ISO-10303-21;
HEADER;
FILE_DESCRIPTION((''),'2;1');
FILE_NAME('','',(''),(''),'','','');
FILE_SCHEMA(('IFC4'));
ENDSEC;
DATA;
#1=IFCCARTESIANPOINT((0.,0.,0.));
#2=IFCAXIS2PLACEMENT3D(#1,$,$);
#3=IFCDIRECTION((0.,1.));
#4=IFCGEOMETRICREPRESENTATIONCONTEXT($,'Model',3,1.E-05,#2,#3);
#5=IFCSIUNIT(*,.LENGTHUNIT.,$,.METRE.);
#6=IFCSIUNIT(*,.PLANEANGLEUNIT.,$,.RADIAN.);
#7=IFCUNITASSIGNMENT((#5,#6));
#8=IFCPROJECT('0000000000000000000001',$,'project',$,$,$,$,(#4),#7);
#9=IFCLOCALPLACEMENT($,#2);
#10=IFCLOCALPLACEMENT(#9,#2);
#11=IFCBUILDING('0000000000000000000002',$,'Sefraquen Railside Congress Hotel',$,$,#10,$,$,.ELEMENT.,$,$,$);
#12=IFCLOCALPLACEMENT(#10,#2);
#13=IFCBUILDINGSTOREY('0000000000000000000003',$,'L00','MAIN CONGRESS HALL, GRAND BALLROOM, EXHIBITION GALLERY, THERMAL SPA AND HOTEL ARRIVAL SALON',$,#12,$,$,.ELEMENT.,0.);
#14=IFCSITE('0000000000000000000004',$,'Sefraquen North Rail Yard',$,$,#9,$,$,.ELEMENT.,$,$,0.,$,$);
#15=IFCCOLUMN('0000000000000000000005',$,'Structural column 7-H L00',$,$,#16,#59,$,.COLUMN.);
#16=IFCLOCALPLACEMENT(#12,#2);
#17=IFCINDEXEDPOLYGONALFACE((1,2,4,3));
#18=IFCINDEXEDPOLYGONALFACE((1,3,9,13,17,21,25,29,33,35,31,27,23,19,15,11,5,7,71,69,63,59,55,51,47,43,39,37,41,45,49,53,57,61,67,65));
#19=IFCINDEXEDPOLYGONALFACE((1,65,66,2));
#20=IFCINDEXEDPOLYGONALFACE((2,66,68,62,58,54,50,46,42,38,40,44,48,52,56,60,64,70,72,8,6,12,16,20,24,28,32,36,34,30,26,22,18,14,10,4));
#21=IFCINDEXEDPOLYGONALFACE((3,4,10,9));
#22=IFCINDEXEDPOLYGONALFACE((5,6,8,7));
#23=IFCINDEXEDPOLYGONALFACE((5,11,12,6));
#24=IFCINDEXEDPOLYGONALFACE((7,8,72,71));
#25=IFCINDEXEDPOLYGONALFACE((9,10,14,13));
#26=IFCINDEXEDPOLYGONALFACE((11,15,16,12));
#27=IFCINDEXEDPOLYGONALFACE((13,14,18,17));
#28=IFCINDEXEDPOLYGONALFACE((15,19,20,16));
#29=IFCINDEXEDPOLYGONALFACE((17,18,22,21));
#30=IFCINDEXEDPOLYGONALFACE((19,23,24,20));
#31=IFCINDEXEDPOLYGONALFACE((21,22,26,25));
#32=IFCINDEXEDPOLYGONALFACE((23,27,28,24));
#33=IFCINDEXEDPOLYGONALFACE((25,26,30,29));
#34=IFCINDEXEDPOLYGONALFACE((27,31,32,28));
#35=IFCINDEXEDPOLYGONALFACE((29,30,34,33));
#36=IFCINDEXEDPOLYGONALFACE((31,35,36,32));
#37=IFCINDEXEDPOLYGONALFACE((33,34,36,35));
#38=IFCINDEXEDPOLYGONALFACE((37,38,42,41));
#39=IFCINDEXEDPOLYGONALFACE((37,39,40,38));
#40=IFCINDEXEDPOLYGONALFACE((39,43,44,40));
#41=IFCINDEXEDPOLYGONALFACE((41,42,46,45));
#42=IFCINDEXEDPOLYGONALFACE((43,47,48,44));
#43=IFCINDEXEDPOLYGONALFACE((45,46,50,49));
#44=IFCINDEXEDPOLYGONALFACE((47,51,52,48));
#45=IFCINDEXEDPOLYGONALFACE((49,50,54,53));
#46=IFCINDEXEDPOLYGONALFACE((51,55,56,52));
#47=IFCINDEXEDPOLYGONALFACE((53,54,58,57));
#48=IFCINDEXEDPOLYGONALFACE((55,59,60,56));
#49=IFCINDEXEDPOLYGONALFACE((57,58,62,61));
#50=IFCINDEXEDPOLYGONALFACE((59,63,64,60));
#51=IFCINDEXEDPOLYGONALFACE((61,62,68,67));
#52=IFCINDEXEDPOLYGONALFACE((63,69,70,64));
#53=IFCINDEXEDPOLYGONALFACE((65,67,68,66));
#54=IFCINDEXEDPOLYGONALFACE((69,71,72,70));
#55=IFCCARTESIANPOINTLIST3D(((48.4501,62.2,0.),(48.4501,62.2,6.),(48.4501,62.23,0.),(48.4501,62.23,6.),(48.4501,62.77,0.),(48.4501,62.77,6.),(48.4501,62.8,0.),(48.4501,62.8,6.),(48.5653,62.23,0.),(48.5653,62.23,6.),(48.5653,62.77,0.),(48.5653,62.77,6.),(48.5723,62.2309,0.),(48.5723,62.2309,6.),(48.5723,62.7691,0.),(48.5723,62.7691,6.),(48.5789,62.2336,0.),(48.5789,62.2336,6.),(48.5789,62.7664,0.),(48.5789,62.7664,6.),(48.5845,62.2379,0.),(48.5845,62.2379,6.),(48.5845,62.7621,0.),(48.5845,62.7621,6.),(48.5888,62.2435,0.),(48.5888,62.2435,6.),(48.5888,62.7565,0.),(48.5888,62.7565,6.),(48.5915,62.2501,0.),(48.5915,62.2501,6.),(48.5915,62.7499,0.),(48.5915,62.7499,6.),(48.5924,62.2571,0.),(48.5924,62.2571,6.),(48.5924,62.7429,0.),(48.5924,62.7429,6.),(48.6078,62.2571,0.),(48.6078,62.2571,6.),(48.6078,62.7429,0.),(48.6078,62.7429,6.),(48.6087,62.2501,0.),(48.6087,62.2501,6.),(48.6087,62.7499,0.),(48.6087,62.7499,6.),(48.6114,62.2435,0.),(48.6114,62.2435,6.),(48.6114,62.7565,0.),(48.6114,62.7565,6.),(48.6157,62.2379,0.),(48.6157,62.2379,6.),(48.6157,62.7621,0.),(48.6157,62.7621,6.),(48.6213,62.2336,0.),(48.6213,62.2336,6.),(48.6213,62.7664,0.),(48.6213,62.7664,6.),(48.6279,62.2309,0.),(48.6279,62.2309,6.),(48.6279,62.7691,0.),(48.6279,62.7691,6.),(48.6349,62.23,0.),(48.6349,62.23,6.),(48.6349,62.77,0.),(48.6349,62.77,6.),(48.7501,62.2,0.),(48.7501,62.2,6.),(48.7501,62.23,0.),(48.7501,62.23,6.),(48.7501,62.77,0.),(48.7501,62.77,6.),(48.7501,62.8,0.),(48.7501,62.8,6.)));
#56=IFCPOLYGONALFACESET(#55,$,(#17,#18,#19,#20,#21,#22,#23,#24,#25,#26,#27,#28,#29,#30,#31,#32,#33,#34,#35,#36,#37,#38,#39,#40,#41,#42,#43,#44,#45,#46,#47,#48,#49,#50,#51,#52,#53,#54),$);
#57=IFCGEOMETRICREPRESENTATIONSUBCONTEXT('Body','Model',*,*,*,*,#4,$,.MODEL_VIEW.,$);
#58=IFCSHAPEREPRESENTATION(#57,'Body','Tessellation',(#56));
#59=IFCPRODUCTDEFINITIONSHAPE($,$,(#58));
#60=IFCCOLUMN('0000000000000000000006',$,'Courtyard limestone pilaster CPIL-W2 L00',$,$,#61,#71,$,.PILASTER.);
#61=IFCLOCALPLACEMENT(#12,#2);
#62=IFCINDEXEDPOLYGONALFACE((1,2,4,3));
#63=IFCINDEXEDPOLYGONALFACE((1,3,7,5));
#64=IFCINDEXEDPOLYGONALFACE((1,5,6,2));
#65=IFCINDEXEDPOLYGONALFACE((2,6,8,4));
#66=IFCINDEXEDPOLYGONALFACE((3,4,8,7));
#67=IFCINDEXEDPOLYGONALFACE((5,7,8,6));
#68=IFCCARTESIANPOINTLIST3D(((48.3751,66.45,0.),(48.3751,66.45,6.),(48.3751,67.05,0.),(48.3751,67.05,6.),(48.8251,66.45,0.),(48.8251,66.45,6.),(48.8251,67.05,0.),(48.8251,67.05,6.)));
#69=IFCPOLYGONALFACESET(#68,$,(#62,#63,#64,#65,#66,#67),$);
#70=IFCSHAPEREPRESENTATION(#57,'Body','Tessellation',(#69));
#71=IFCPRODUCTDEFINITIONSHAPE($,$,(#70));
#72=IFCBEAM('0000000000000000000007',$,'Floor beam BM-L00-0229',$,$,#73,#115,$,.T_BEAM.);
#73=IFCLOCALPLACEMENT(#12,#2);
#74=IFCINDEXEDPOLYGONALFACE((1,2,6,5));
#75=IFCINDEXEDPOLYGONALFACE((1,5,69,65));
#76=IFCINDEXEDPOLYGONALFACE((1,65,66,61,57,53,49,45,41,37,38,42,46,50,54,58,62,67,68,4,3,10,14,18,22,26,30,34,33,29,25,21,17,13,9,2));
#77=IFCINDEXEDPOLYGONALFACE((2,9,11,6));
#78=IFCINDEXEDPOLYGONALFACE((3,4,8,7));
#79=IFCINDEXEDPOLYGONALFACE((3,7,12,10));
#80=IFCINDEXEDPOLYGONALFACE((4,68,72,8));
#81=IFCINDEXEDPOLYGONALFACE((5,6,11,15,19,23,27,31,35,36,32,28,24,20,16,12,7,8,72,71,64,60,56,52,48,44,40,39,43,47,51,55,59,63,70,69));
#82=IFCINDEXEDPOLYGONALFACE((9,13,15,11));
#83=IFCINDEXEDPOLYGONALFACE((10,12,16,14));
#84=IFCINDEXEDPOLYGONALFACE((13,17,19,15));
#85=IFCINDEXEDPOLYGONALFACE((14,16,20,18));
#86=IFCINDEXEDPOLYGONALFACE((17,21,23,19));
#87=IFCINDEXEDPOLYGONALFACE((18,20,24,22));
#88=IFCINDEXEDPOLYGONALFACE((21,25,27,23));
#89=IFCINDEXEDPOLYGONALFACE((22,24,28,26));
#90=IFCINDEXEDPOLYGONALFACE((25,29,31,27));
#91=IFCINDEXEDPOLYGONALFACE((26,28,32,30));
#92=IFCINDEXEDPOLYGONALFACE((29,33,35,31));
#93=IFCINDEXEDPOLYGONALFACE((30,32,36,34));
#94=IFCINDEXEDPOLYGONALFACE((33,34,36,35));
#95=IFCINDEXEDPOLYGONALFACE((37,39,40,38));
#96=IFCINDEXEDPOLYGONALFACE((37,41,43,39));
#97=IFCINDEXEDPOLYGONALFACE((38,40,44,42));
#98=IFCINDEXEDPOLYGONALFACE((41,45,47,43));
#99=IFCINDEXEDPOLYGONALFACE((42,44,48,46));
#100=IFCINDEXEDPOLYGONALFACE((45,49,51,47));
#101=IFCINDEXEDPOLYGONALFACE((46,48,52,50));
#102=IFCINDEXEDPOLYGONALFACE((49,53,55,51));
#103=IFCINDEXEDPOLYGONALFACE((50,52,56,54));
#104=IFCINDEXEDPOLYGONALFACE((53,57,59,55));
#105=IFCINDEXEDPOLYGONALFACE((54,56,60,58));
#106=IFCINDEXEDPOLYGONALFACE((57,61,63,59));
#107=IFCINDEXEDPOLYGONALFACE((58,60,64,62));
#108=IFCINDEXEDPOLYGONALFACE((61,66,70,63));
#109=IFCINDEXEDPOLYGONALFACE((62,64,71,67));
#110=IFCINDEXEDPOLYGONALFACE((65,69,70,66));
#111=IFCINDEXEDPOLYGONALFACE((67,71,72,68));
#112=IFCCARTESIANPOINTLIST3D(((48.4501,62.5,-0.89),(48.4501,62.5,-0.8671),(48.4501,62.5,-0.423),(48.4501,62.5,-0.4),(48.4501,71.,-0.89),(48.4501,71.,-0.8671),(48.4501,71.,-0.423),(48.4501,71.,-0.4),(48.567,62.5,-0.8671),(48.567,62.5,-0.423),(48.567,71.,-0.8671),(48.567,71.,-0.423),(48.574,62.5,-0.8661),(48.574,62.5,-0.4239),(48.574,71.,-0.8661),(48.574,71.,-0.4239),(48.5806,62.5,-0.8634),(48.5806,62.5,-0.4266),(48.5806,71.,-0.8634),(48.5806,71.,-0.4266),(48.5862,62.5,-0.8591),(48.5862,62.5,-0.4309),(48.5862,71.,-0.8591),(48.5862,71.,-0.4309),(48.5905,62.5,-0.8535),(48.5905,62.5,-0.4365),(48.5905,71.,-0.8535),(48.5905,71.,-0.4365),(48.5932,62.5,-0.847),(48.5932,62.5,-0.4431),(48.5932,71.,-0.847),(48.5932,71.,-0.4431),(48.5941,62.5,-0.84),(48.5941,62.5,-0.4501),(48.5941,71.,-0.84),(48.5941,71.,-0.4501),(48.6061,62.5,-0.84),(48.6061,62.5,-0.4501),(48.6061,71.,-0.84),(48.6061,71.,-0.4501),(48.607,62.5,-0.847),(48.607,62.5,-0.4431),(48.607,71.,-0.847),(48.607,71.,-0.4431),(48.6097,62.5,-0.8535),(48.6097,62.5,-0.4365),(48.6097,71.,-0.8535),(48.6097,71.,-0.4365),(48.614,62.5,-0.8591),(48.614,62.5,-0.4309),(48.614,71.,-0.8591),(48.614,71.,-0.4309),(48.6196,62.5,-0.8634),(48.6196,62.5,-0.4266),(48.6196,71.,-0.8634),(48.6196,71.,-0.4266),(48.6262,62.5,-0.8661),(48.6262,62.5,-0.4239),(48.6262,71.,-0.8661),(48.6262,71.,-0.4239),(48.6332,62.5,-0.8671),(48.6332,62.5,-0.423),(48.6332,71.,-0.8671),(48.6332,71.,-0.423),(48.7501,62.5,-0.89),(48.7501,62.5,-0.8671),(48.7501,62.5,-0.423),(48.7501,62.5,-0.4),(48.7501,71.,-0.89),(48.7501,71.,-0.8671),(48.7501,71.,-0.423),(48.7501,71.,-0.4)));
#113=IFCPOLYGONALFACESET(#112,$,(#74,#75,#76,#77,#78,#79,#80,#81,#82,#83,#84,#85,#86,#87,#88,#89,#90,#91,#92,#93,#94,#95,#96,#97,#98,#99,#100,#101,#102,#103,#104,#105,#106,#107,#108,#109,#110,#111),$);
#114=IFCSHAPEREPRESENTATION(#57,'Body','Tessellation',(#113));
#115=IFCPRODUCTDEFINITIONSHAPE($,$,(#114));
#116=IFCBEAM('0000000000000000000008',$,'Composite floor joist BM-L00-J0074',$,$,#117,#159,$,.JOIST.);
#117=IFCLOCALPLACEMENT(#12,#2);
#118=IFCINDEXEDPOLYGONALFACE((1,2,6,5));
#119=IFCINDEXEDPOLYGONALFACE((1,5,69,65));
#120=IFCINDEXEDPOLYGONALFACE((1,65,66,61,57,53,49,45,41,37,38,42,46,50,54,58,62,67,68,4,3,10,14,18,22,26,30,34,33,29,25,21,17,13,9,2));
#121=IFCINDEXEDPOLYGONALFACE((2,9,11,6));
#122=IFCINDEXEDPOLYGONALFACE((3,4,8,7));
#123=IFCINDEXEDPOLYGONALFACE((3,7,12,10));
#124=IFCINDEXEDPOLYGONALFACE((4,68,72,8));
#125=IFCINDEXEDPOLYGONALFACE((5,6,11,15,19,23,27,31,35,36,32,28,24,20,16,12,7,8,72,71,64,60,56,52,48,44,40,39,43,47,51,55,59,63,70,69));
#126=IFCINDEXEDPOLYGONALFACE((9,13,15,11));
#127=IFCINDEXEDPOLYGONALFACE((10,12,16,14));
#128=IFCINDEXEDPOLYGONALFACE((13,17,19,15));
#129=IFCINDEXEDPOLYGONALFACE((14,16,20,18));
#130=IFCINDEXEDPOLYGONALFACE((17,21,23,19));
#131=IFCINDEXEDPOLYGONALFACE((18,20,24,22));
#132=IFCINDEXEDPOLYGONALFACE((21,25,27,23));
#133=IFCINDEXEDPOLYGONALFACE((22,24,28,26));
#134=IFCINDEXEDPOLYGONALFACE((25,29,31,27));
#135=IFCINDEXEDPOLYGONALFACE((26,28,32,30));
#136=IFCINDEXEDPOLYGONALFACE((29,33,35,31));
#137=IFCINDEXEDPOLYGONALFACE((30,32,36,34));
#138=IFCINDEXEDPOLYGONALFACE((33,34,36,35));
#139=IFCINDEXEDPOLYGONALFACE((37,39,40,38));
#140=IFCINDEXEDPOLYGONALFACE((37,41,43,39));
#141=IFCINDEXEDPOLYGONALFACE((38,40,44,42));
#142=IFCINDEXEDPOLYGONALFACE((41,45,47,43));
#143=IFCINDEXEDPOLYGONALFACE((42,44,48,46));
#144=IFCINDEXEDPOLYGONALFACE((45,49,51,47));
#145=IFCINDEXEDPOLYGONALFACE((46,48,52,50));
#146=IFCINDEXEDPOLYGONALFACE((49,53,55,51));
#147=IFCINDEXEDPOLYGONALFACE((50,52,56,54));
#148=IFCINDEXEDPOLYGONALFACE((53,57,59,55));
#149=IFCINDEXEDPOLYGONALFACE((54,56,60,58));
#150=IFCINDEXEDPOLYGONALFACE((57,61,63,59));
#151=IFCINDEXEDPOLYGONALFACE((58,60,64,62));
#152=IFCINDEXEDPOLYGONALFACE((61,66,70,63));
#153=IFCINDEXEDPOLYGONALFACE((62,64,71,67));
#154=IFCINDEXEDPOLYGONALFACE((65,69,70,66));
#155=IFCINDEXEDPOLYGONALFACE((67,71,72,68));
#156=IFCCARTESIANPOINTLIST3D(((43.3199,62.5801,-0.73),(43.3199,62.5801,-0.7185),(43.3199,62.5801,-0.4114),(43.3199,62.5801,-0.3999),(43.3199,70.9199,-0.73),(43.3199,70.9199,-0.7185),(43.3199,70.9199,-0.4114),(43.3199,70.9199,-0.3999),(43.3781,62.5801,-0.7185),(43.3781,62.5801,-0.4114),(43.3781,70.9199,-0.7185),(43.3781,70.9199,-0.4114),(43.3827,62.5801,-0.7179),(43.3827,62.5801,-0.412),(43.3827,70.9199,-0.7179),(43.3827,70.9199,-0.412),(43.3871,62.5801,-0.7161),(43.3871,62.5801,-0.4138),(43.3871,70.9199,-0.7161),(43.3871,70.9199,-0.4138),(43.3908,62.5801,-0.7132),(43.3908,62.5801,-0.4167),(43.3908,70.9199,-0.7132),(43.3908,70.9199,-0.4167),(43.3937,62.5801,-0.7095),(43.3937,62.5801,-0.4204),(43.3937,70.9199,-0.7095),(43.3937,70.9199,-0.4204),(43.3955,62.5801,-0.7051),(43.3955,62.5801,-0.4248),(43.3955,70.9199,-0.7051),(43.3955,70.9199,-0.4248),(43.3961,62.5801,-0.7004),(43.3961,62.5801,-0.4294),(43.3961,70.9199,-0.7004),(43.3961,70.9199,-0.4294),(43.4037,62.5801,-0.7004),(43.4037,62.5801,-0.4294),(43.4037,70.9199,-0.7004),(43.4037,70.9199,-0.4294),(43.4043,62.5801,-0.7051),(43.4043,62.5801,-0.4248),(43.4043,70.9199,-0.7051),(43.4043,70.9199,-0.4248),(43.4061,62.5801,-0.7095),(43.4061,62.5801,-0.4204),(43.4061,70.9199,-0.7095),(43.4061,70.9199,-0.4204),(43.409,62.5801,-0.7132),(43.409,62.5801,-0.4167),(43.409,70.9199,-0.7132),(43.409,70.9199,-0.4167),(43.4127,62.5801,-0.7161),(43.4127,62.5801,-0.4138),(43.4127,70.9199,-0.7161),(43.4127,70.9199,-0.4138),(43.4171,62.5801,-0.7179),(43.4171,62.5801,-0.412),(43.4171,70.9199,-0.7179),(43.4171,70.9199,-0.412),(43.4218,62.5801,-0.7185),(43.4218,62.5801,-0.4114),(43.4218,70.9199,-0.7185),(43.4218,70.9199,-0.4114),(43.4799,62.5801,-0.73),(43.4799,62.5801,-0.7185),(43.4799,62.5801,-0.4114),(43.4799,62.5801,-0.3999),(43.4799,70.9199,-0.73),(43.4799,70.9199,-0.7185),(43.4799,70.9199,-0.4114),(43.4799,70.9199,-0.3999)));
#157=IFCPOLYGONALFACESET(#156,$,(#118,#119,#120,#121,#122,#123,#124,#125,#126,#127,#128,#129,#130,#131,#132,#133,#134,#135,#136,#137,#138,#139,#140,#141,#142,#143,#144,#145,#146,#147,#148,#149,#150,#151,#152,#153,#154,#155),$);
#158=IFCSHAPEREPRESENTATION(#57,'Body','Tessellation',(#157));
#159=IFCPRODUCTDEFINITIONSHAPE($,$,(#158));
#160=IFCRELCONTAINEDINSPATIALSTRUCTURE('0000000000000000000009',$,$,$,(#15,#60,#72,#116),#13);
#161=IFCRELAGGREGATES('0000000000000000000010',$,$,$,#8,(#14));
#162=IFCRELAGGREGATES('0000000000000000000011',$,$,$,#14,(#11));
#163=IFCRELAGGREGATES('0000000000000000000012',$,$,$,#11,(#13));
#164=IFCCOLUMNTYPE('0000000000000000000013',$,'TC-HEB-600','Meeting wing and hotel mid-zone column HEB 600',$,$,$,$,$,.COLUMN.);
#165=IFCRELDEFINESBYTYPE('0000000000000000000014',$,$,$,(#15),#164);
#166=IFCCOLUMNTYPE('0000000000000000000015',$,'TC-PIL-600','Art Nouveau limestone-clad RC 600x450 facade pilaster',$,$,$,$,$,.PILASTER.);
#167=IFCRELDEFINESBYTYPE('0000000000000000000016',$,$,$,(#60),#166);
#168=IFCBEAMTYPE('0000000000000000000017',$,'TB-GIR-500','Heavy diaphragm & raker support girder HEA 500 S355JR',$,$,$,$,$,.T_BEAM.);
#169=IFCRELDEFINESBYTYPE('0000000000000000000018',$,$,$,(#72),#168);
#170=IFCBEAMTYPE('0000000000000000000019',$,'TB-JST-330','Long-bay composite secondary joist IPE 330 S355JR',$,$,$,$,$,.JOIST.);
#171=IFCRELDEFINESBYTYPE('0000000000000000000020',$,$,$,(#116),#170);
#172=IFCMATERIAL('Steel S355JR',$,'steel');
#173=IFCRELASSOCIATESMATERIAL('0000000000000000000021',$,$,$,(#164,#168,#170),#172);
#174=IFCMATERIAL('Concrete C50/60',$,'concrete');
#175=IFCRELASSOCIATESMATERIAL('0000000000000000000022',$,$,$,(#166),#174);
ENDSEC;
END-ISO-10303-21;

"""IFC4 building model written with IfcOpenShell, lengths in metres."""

from ifc_helpers import new_model, si_unit, direction, frame, origin, origin_2d, place, context, subcontext, project, spatial, rectangle, i_section, extrude, material, material_profile, profile_set, type_object, element, save


model = new_model("IFC4")

# Units and contexts
model_context = context("Model", 3, precision=1e-05, world=origin(), true_north=direction((0.0, 1.0)))
body_context = subcontext(model_context, "Body", "Model", "MODEL_VIEW")
ifc_project = project(units=[si_unit("LENGTHUNIT", "METRE"), si_unit("PLANEANGLEUNIT", "RADIAN")], contexts=[model_context])

# Site, building, storey
site_placement = place(None, origin())
site = spatial("IfcSite", under=ifc_project, at=site_placement, Name="Sefraquen North Rail Yard", CompositionType="ELEMENT", RefElevation=0.0)
building_placement = place(site_placement, origin())
building = spatial("IfcBuilding", under=site, at=building_placement, Name="Sefraquen Railside Congress Hotel", CompositionType="ELEMENT")
storey_placement = place(building_placement, origin())
storey = spatial("IfcBuildingStorey", under=building, at=storey_placement, Name="L00", Description="MAIN CONGRESS HALL, GRAND BALLROOM, EXHIBITION GALLERY, THERMAL SPA AND HOTEL ARRIVAL SALON", CompositionType="ELEMENT", Elevation=0.0)

# Columns
ifc_material_1 = material(Name="Steel S355JR", Category="steel")
ifc_material_profile_1 = material_profile(ifc_material_1, i_section(OverallWidth=0.3, OverallDepth=0.6001, WebThickness=0.0154, FlangeThickness=0.03, FilletRadius=0.0271, at=origin_2d()), Name="HEB 600")
ifc_profile_set_1 = profile_set([ifc_material_profile_1], Name="Steel S355JR")
column_type_1 = type_object("IfcColumnType", Name="TC-HEB-600", Description="Meeting wing and hotel mid-zone column HEB 600", PredefinedType="COLUMN", material=ifc_profile_set_1)
column_1_placement = place(storey_placement, frame((48.6001, 62.5, 0.0), z_axis=(0.0, 0.0, 1.0), x_axis=(1.0, 0.0, 0.0)))
element("IfcColumn", 1, at=column_1_placement, inside=storey, type_object=column_type_1, Name="Structural column 7-H L00", PredefinedType="COLUMN", context=body_context, shape_type="SweptSolid", body=[
    extrude(i_section(OverallWidth=0.3, OverallDepth=0.6001, WebThickness=0.0154, FlangeThickness=0.03, FilletRadius=0.0271, at=origin_2d()), origin(), (0.0, 0.0, 1.0), 6.0),
])
ifc_material_2 = material(Name="Concrete C50/60", Category="concrete")
ifc_material_profile_2 = material_profile(ifc_material_2, rectangle(XDim=0.45, YDim=0.6001, at=origin_2d()), Name="RC 600x450")
ifc_profile_set_2 = profile_set([ifc_material_profile_2], Name="Concrete C50/60")
column_type_2 = type_object("IfcColumnType", Name="TC-PIL-600", Description="Art Nouveau limestone-clad RC 600x450 facade pilaster", PredefinedType="PILASTER", material=ifc_profile_set_2)
column_2_placement = place(storey_placement, frame((48.6001, 66.75, 0.0), z_axis=(0.0, 0.0, 1.0), x_axis=(1.0, 0.0, 0.0)))
element("IfcColumn", 2, at=column_2_placement, inside=storey, type_object=column_type_2, Name="Courtyard limestone pilaster CPIL-W2 L00", PredefinedType="PILASTER", context=body_context, shape_type="SweptSolid", body=[
    extrude(rectangle(XDim=0.45, YDim=0.6001, at=origin_2d()), origin(), (0.0, 0.0, 1.0), 6.0),
])

# Beams
ifc_material_profile_3 = material_profile(ifc_material_1, i_section(OverallWidth=0.3, OverallDepth=0.49, WebThickness=0.012, FlangeThickness=0.0229, FilletRadius=0.0271, at=origin_2d()), Name="HEA 500")
ifc_profile_set_3 = profile_set([ifc_material_profile_3], Name="Steel S355JR")
beam_type_1 = type_object("IfcBeamType", Name="TB-GIR-500", Description="Heavy diaphragm & raker support girder HEA 500 S355JR", PredefinedType="T_BEAM", material=ifc_profile_set_3)
beam_placement = place(storey_placement, frame((48.6001, 62.5, -0.645), z_axis=(0.0, 1.0, 0.0), x_axis=(-1.0, 0.0, 0.0)))
element("IfcBeam", 3, at=beam_placement, inside=storey, type_object=beam_type_1, Name="Floor beam BM-L00-0229", PredefinedType="T_BEAM", context=body_context, shape_type="SweptSolid", body=[
    extrude(i_section(OverallWidth=0.3, OverallDepth=0.49, WebThickness=0.012, FlangeThickness=0.0229, FilletRadius=0.0271, at=origin_2d()), origin(), (0.0, 0.0, 1.0), 8.5),
])
ifc_material_profile_4 = material_profile(ifc_material_1, i_section(OverallWidth=0.1599, OverallDepth=0.3301, WebThickness=0.0076, FlangeThickness=0.0115, FilletRadius=0.0181, at=origin_2d()), Name="IPE 330")
ifc_profile_set_4 = profile_set([ifc_material_profile_4], Name="Steel S355JR")
beam_type_2 = type_object("IfcBeamType", Name="TB-JST-330", Description="Long-bay composite secondary joist IPE 330 S355JR", PredefinedType="JOIST", material=ifc_profile_set_4)
for number, where, z_axis, x_axis, name in (
    (4, (43.3999, 62.5801, -0.5649), (0.0, 1.0, 0.0), (-1.0, 0.0, 0.0), "Composite floor joist BM-L00-J0074"),
):
    element("IfcBeam", number, at=place(storey_placement, frame(where, z_axis=z_axis, x_axis=x_axis)), inside=storey, type_object=beam_type_2, Name=name, PredefinedType="JOIST", context=body_context, shape_type="SweptSolid", body=[
        extrude(i_section(OverallWidth=0.1599, OverallDepth=0.3301, WebThickness=0.0076, FlangeThickness=0.0115, FilletRadius=0.0181, at=origin_2d()), origin(), (0.0, 0.0, 1.0), 8.3398),
    ])

save(model, "model.ifc")
